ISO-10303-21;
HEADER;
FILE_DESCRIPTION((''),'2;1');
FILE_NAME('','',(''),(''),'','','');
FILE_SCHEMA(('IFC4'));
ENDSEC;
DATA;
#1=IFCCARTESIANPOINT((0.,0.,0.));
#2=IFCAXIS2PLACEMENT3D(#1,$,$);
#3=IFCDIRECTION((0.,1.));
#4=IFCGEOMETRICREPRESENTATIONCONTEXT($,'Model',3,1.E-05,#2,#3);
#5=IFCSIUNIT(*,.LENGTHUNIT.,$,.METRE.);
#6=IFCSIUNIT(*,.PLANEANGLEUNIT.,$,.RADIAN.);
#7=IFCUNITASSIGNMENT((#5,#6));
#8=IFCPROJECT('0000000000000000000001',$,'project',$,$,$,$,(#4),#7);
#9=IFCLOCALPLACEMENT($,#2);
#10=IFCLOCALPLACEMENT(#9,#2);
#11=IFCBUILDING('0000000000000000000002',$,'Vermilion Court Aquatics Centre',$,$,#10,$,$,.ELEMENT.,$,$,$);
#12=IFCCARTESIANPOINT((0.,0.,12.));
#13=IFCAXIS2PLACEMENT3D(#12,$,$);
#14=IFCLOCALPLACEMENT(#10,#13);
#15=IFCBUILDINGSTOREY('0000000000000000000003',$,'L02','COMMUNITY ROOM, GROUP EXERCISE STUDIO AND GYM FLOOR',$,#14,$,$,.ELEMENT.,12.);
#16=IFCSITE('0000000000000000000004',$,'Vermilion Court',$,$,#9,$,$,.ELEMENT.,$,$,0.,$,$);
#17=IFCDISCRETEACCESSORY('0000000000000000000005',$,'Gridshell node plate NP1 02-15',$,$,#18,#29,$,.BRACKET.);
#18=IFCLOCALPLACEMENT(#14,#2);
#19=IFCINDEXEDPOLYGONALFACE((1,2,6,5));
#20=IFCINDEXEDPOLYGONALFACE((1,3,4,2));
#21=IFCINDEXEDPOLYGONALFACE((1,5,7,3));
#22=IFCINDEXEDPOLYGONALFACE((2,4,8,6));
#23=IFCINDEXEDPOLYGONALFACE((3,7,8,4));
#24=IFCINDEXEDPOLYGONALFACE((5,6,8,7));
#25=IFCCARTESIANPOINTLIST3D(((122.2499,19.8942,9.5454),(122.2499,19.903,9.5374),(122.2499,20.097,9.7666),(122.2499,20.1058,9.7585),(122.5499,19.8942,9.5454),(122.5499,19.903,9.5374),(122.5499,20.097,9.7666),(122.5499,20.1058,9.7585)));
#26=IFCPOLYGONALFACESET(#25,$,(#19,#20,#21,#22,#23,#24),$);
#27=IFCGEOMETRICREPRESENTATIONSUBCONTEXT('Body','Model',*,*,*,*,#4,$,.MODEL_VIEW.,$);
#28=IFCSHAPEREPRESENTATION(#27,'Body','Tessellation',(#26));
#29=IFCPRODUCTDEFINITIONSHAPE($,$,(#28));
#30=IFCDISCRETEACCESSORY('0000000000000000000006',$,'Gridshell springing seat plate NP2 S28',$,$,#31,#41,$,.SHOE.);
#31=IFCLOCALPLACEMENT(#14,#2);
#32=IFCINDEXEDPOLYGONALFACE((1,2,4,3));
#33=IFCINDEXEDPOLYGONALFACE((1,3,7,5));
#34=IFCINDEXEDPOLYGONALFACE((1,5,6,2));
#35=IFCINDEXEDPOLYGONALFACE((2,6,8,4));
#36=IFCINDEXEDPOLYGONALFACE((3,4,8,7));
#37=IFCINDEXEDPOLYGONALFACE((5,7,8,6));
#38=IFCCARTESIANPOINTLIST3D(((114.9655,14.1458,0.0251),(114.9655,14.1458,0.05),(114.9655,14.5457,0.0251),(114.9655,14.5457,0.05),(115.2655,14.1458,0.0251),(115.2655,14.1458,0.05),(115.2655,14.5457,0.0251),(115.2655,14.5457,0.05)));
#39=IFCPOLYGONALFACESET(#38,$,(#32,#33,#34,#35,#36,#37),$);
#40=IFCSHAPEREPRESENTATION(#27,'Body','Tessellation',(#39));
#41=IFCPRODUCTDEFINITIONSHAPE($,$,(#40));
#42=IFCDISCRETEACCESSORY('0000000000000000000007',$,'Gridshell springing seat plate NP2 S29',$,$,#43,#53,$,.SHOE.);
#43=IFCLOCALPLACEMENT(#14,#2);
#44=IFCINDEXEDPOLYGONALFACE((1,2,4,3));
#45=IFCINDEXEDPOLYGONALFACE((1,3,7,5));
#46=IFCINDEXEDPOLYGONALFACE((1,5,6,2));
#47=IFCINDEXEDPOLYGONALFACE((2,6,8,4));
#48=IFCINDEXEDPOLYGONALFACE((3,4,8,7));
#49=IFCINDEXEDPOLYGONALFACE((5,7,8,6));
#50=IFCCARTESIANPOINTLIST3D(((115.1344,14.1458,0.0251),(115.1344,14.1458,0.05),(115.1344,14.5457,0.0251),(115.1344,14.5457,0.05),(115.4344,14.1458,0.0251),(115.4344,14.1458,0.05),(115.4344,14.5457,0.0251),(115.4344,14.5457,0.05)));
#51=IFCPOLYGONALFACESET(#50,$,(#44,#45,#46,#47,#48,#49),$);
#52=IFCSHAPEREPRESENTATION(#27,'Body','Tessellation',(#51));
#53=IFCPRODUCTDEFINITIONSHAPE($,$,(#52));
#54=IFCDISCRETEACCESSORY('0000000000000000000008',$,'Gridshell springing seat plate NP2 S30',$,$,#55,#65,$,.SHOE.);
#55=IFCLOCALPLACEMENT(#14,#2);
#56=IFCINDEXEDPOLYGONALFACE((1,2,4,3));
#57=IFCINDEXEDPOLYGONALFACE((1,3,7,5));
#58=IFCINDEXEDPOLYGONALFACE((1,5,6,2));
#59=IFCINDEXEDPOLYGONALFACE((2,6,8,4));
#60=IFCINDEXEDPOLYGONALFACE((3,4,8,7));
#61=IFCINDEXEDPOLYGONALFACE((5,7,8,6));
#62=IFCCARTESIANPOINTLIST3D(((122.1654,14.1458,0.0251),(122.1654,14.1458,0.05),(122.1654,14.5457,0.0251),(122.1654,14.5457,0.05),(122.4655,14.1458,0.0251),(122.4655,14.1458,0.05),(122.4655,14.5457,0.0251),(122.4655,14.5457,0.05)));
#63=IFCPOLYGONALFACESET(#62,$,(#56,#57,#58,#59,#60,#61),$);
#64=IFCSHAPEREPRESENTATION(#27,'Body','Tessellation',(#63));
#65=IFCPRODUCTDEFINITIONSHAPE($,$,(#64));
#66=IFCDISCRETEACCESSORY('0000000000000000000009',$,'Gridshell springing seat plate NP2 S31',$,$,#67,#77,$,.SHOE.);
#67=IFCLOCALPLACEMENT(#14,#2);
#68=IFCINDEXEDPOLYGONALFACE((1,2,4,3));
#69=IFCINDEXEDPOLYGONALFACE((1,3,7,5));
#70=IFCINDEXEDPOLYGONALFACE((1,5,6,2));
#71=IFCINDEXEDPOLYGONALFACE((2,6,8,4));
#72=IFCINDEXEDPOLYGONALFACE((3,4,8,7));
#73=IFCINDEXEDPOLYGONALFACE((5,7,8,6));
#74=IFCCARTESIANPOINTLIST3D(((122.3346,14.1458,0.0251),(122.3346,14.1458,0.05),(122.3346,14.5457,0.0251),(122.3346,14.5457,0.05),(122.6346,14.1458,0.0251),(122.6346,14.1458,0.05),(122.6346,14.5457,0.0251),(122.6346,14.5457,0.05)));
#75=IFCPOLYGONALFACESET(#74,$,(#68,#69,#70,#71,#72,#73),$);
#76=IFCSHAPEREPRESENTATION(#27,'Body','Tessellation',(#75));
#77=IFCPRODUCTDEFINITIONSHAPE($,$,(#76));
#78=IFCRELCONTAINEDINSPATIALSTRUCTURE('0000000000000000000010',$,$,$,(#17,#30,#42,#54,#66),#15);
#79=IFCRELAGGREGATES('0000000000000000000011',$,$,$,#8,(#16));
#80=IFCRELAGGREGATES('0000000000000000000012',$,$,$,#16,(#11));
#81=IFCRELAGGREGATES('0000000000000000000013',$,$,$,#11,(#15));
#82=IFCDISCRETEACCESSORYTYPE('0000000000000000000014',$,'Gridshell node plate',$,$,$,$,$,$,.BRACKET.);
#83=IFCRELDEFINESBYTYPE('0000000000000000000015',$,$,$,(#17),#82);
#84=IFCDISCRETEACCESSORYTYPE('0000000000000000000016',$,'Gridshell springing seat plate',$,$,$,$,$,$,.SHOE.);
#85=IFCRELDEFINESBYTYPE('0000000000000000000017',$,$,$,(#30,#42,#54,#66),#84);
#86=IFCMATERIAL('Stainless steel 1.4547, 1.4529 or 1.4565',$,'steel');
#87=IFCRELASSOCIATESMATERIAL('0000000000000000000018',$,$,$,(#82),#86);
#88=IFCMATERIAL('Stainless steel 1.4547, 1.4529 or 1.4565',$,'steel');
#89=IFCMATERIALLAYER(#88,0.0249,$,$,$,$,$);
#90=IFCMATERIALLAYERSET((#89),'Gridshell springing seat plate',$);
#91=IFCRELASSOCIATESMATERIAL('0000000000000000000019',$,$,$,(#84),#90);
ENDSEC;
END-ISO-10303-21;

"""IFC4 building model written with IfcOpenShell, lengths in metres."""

from ifc_helpers import new_model, si_unit, direction, frame, origin, origin_2d, place, context, subcontext, project, spatial, rectangle, extrude, material, layer, layer_set, material_profile, profile_set, type_object, element, save


model = new_model("IFC4")

# Units and contexts
model_context = context("Model", 3, precision=1e-05, world=origin(), true_north=direction((0.0, 1.0)))
body_context = subcontext(model_context, "Body", "Model", "MODEL_VIEW")
ifc_project = project(units=[si_unit("LENGTHUNIT", "METRE"), si_unit("PLANEANGLEUNIT", "RADIAN")], contexts=[model_context])

# Site, building, storey
site_placement = place(None, origin())
site = spatial("IfcSite", under=ifc_project, at=site_placement, Name="Vermilion Court", CompositionType="ELEMENT", RefElevation=0.0)
building_placement = place(site_placement, origin())
building = spatial("IfcBuilding", under=site, at=building_placement, Name="Vermilion Court Aquatics Centre", CompositionType="ELEMENT")
storey_placement = place(building_placement, frame((0.0, 0.0, 12.0)))
storey = spatial("IfcBuildingStorey", under=building, at=storey_placement, Name="L02", Description="COMMUNITY ROOM, GROUP EXERCISE STUDIO AND GYM FLOOR", CompositionType="ELEMENT", Elevation=12.0)

# Discrete accessories
ifc_material_1 = material(Name="Stainless steel 1.4547, 1.4529 or 1.4565", Category="steel")
ifc_material_profile_1 = material_profile(ifc_material_1, rectangle(XDim=0.3, YDim=0.3, at=origin_2d()), Name="PL 12 x 300 x 300")
ifc_profile_set_1 = profile_set([ifc_material_profile_1], Name="Stainless steel 1.4547, 1.4529 or 1.4565")
discrete_accessory_type_1 = type_object("IfcDiscreteAccessoryType", Name="Gridshell node plate", PredefinedType="BRACKET", material=ifc_profile_set_1)
for number, where, z_axis, x_axis, name in (
    (1, (122.3999, 20.0044, 9.6479), (0.0, -0.737154, 0.675725), (1.0, 0.0, 0.0), "Gridshell node plate NP1 02-15"),
):
    element("IfcDiscreteAccessory", number, at=place(storey_placement, frame(where, z_axis=z_axis, x_axis=x_axis)), inside=storey, type_object=discrete_accessory_type_1, Name=name, PredefinedType="BRACKET", context=body_context, shape_type="SweptSolid", body=[
        extrude(rectangle(XDim=0.3, YDim=0.3, at=origin_2d()), origin(), (0.0, 0.0, 1.0), 0.012),
    ])
ifc_material_2 = material(Name="Stainless steel 1.4547, 1.4529 or 1.4565", Category="steel")
ifc_layer_1 = layer(ifc_material_2, 0.0249)
ifc_layer_set_1 = layer_set([ifc_layer_1], Name="Gridshell springing seat plate")
discrete_accessory_type_2 = type_object("IfcDiscreteAccessoryType", Name="Gridshell springing seat plate", PredefinedType="SHOE", material=ifc_layer_set_1)
for number, where, z_axis, x_axis, name in (
    (2, (115.1155, 14.3457, 0.0251), (0.0, 0.0, 1.0), (1.0, 0.0, 0.0), "Gridshell springing seat plate NP2 S28"),
    (3, (115.2844, 14.3457, 0.0251), (0.0, 0.0, 1.0), (1.0, 0.0, 0.0), "Gridshell springing seat plate NP2 S29"),
    (4, (122.3154, 14.3457, 0.0251), (0.0, 0.0, 1.0), (1.0, 0.0, 0.0), "Gridshell springing seat plate NP2 S30"),
    (5, (122.4846, 14.3457, 0.0251), (0.0, 0.0, 1.0), (1.0, 0.0, 0.0), "Gridshell springing seat plate NP2 S31"),
):
    element("IfcDiscreteAccessory", number, at=place(storey_placement, frame(where, z_axis=z_axis, x_axis=x_axis)), inside=storey, type_object=discrete_accessory_type_2, Name=name, PredefinedType="SHOE", context=body_context, shape_type="SweptSolid", body=[
        extrude(rectangle(XDim=0.3, YDim=0.3999, at=origin_2d()), origin(), (0.0, 0.0, 1.0), 0.0249),
    ])

save(model, "model.ifc")
